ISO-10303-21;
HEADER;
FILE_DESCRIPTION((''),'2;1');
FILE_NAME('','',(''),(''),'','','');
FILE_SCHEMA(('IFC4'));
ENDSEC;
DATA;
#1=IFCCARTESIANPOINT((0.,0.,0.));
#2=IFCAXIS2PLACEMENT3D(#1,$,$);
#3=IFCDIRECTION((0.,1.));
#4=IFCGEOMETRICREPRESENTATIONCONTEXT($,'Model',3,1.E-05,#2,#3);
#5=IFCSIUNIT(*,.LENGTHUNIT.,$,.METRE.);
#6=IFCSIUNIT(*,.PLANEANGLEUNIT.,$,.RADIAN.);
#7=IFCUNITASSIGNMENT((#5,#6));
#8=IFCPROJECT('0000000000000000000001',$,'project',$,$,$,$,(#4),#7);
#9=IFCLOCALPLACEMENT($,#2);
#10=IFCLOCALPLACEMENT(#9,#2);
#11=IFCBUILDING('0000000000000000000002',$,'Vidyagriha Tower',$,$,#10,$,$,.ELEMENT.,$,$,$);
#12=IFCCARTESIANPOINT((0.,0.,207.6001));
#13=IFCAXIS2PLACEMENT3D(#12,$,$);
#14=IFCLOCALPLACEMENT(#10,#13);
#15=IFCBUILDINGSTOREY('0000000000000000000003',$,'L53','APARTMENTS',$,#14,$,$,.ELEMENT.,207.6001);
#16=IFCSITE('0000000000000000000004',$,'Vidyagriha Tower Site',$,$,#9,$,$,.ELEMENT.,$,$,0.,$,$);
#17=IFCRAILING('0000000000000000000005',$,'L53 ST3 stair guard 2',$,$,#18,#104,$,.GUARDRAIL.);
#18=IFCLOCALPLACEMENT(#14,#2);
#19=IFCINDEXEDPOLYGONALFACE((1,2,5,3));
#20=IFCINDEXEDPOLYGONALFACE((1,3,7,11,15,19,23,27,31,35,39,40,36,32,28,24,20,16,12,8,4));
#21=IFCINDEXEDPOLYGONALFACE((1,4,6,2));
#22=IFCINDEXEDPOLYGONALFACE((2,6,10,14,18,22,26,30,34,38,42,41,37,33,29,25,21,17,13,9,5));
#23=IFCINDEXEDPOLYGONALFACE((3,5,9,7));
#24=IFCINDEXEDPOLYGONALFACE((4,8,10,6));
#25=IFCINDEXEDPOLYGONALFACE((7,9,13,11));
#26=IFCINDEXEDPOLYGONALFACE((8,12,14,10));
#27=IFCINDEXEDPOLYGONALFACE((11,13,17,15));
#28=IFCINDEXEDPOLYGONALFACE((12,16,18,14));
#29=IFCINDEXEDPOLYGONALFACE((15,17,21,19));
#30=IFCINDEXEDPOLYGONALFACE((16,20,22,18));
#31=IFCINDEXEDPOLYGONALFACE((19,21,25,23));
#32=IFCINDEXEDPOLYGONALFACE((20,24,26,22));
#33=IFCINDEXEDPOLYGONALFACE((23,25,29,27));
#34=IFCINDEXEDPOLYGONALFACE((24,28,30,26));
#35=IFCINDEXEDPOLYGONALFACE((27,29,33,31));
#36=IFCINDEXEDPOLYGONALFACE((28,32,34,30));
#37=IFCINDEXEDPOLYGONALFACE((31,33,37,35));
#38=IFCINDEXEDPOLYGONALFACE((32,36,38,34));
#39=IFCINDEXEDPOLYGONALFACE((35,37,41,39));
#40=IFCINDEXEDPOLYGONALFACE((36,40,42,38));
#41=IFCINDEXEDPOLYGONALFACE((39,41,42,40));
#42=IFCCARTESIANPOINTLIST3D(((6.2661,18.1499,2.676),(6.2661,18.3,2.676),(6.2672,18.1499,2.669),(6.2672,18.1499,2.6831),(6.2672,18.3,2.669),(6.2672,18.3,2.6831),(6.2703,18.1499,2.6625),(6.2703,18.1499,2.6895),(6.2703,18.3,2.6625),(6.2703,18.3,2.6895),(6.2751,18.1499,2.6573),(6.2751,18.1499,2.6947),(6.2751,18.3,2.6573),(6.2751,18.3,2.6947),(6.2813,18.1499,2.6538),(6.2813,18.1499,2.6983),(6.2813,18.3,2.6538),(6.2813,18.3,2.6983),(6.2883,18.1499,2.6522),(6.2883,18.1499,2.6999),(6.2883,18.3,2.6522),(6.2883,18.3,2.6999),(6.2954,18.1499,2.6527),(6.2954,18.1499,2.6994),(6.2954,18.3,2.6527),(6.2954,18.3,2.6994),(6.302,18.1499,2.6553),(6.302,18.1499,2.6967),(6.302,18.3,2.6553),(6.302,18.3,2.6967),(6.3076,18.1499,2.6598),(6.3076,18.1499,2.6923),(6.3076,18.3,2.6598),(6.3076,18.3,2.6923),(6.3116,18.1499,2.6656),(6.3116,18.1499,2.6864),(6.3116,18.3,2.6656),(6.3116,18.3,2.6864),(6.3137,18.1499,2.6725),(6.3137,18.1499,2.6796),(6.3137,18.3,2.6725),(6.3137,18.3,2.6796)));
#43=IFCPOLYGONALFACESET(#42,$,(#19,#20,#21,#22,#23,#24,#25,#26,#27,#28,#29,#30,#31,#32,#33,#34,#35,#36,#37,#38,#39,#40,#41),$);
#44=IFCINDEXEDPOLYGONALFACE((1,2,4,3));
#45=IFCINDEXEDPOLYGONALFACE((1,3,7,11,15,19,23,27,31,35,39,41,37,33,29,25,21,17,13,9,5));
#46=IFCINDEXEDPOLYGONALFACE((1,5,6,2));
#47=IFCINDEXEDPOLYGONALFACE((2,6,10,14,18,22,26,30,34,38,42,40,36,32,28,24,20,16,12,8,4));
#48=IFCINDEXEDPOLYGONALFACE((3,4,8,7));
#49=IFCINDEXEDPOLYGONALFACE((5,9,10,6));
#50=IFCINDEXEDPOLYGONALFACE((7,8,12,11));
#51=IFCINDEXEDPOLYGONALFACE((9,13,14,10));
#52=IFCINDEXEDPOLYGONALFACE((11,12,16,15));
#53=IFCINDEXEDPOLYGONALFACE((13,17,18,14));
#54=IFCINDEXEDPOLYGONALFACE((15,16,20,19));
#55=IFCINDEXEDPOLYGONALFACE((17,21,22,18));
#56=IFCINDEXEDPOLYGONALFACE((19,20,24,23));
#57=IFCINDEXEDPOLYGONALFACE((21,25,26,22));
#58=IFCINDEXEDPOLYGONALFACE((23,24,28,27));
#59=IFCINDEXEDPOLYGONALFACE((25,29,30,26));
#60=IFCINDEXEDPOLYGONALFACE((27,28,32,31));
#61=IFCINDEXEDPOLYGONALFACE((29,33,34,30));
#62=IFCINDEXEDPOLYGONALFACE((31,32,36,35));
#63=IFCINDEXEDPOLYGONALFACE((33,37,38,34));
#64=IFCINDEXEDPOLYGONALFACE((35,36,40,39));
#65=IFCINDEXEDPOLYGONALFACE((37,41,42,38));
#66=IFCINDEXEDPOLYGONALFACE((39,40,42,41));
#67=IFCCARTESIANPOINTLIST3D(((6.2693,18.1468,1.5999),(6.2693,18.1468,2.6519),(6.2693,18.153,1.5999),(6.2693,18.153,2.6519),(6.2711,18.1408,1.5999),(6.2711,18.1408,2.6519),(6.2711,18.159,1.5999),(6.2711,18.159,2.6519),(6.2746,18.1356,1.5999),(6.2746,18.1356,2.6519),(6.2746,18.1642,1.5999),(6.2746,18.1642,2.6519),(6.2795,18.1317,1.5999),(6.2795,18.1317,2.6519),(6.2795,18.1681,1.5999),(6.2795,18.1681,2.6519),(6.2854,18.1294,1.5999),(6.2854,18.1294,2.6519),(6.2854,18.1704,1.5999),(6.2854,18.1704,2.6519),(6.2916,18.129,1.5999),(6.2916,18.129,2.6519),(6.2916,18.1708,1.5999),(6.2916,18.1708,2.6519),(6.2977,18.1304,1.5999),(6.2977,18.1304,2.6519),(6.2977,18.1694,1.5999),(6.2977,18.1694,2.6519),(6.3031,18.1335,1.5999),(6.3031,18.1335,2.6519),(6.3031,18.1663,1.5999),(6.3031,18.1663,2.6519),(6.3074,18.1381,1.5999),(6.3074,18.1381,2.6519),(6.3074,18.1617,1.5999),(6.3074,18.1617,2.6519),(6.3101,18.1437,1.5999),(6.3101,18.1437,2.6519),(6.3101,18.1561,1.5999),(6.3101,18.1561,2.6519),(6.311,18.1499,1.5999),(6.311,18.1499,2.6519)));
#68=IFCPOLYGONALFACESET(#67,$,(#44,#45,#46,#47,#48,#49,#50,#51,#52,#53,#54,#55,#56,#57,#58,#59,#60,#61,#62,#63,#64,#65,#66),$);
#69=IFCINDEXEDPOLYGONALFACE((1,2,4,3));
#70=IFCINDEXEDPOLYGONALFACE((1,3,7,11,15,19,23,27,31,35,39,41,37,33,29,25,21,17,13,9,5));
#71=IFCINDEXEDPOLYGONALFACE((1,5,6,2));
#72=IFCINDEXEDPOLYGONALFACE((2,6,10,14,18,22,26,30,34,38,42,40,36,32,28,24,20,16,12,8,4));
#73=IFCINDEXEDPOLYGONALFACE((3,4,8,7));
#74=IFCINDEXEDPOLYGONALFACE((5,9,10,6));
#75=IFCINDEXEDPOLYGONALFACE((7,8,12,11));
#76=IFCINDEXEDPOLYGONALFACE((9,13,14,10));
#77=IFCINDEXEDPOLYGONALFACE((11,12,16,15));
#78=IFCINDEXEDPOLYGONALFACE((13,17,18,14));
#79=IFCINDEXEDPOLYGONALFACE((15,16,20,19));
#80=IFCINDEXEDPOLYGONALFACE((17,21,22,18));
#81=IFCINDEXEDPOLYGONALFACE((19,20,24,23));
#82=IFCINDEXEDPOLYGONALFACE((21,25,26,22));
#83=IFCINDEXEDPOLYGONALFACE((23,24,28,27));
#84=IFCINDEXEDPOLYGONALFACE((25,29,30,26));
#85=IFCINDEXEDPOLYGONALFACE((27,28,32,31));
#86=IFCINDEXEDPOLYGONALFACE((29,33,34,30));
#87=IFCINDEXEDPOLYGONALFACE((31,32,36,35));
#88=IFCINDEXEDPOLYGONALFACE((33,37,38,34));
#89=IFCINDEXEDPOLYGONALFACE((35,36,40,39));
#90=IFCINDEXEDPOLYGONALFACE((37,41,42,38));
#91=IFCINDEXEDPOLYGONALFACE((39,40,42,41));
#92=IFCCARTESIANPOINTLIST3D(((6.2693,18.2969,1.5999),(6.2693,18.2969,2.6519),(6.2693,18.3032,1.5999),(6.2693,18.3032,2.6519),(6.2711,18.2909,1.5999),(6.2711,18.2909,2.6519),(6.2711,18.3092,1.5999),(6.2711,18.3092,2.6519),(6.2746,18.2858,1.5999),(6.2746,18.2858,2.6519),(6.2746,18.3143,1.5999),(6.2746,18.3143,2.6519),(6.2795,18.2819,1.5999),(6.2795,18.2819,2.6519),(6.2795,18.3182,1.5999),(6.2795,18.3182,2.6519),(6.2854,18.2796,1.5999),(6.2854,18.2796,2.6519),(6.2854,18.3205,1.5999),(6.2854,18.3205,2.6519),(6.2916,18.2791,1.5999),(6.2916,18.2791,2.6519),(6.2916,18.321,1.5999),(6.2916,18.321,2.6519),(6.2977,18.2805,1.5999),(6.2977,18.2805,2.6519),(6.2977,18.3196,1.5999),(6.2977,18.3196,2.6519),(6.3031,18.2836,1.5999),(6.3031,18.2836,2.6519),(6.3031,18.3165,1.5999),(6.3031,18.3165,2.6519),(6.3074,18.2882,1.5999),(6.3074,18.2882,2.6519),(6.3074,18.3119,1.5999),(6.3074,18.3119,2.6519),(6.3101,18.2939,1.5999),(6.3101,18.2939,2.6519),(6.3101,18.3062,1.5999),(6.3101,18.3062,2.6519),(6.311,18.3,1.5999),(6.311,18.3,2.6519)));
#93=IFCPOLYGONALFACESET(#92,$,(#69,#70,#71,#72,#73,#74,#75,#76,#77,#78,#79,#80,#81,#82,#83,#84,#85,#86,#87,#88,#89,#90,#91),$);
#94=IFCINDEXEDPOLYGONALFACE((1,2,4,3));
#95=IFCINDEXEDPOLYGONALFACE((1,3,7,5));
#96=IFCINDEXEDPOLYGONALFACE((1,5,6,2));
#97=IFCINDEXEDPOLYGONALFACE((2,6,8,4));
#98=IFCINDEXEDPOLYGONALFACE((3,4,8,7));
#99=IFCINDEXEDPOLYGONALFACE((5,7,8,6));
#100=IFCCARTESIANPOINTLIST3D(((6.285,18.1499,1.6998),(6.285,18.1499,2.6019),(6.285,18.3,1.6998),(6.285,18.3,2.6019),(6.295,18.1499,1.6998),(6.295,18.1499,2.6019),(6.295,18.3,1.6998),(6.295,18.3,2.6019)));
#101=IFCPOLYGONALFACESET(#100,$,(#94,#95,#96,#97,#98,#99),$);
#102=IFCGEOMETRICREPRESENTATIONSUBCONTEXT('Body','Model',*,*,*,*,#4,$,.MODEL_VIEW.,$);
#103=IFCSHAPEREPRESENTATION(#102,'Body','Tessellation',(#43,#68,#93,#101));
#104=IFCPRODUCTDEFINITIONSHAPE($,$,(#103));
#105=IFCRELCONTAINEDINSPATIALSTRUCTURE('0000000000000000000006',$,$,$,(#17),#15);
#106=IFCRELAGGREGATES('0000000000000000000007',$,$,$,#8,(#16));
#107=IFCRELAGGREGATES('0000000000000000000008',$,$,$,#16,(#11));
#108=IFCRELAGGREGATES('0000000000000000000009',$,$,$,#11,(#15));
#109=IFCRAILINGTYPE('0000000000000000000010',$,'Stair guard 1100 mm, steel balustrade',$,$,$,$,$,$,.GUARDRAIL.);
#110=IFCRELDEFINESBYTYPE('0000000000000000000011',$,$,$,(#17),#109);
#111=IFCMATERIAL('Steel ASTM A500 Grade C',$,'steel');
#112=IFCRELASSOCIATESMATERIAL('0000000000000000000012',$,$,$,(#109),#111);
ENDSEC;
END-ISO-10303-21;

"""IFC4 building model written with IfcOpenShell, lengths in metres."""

from ifc_helpers import new_model, si_unit, direction, frame, origin, origin_2d, place, context, subcontext, project, spatial, rectangle, circle, extrude, material, type_object, element, save


model = new_model("IFC4")

# Units and contexts
model_context = context("Model", 3, precision=1e-05, world=origin(), true_north=direction((0.0, 1.0)))
body_context = subcontext(model_context, "Body", "Model", "MODEL_VIEW")
ifc_project = project(units=[si_unit("LENGTHUNIT", "METRE"), si_unit("PLANEANGLEUNIT", "RADIAN")], contexts=[model_context])

# Site, building, storey
site_placement = place(None, origin())
site = spatial("IfcSite", under=ifc_project, at=site_placement, Name="Vidyagriha Tower Site", CompositionType="ELEMENT", RefElevation=0.0)
building_placement = place(site_placement, origin())
building = spatial("IfcBuilding", under=site, at=building_placement, Name="Vidyagriha Tower", CompositionType="ELEMENT")
storey_placement = place(building_placement, frame((0.0, 0.0, 207.6001)))
storey = spatial("IfcBuildingStorey", under=building, at=storey_placement, Name="L53", Description="APARTMENTS", CompositionType="ELEMENT", Elevation=207.6001)

# Railing
ifc_material_1 = material(Name="Steel ASTM A500 Grade C", Category="steel")
railing_type_1 = type_object("IfcRailingType", Name="Stair guard 1100 mm, steel balustrade", PredefinedType="GUARDRAIL", material=ifc_material_1)
railing_1_placement = place(storey_placement, frame((6.29, 18.1499, 1.5999)))
element("IfcRailing", 1, at=railing_1_placement, inside=storey, type_object=railing_type_1, Name="L53 ST3 stair guard 2", PredefinedType="GUARDRAIL", context=body_context, shape_type="SweptSolid", body=[
    extrude(circle(Radius=0.0239, at=origin_2d()), frame((0.0, 0.0, 1.0762), z_axis=(0.0, 1.0, 0.0), x_axis=(-1.0, 0.0, 0.0)), (0.0, 0.0, 1.0), 0.1501),
    extrude(circle(Radius=0.021, at=origin_2d()), origin(), (0.0, 0.0, 1.0), 1.052),
    extrude(circle(Radius=0.021, at=origin_2d()), frame((0.0, 0.1501, 0.0)), (0.0, 0.0, 1.0), 1.052),
    extrude(rectangle(XDim=0.01, YDim=0.9021, at=origin_2d()), frame((0.0, 0.0, 0.551), z_axis=(0.0, 1.0, 0.0), x_axis=(-1.0, 0.0, 0.0)), (0.0, 0.0, 1.0), 0.1501),
])

save(model, "model.ifc")
